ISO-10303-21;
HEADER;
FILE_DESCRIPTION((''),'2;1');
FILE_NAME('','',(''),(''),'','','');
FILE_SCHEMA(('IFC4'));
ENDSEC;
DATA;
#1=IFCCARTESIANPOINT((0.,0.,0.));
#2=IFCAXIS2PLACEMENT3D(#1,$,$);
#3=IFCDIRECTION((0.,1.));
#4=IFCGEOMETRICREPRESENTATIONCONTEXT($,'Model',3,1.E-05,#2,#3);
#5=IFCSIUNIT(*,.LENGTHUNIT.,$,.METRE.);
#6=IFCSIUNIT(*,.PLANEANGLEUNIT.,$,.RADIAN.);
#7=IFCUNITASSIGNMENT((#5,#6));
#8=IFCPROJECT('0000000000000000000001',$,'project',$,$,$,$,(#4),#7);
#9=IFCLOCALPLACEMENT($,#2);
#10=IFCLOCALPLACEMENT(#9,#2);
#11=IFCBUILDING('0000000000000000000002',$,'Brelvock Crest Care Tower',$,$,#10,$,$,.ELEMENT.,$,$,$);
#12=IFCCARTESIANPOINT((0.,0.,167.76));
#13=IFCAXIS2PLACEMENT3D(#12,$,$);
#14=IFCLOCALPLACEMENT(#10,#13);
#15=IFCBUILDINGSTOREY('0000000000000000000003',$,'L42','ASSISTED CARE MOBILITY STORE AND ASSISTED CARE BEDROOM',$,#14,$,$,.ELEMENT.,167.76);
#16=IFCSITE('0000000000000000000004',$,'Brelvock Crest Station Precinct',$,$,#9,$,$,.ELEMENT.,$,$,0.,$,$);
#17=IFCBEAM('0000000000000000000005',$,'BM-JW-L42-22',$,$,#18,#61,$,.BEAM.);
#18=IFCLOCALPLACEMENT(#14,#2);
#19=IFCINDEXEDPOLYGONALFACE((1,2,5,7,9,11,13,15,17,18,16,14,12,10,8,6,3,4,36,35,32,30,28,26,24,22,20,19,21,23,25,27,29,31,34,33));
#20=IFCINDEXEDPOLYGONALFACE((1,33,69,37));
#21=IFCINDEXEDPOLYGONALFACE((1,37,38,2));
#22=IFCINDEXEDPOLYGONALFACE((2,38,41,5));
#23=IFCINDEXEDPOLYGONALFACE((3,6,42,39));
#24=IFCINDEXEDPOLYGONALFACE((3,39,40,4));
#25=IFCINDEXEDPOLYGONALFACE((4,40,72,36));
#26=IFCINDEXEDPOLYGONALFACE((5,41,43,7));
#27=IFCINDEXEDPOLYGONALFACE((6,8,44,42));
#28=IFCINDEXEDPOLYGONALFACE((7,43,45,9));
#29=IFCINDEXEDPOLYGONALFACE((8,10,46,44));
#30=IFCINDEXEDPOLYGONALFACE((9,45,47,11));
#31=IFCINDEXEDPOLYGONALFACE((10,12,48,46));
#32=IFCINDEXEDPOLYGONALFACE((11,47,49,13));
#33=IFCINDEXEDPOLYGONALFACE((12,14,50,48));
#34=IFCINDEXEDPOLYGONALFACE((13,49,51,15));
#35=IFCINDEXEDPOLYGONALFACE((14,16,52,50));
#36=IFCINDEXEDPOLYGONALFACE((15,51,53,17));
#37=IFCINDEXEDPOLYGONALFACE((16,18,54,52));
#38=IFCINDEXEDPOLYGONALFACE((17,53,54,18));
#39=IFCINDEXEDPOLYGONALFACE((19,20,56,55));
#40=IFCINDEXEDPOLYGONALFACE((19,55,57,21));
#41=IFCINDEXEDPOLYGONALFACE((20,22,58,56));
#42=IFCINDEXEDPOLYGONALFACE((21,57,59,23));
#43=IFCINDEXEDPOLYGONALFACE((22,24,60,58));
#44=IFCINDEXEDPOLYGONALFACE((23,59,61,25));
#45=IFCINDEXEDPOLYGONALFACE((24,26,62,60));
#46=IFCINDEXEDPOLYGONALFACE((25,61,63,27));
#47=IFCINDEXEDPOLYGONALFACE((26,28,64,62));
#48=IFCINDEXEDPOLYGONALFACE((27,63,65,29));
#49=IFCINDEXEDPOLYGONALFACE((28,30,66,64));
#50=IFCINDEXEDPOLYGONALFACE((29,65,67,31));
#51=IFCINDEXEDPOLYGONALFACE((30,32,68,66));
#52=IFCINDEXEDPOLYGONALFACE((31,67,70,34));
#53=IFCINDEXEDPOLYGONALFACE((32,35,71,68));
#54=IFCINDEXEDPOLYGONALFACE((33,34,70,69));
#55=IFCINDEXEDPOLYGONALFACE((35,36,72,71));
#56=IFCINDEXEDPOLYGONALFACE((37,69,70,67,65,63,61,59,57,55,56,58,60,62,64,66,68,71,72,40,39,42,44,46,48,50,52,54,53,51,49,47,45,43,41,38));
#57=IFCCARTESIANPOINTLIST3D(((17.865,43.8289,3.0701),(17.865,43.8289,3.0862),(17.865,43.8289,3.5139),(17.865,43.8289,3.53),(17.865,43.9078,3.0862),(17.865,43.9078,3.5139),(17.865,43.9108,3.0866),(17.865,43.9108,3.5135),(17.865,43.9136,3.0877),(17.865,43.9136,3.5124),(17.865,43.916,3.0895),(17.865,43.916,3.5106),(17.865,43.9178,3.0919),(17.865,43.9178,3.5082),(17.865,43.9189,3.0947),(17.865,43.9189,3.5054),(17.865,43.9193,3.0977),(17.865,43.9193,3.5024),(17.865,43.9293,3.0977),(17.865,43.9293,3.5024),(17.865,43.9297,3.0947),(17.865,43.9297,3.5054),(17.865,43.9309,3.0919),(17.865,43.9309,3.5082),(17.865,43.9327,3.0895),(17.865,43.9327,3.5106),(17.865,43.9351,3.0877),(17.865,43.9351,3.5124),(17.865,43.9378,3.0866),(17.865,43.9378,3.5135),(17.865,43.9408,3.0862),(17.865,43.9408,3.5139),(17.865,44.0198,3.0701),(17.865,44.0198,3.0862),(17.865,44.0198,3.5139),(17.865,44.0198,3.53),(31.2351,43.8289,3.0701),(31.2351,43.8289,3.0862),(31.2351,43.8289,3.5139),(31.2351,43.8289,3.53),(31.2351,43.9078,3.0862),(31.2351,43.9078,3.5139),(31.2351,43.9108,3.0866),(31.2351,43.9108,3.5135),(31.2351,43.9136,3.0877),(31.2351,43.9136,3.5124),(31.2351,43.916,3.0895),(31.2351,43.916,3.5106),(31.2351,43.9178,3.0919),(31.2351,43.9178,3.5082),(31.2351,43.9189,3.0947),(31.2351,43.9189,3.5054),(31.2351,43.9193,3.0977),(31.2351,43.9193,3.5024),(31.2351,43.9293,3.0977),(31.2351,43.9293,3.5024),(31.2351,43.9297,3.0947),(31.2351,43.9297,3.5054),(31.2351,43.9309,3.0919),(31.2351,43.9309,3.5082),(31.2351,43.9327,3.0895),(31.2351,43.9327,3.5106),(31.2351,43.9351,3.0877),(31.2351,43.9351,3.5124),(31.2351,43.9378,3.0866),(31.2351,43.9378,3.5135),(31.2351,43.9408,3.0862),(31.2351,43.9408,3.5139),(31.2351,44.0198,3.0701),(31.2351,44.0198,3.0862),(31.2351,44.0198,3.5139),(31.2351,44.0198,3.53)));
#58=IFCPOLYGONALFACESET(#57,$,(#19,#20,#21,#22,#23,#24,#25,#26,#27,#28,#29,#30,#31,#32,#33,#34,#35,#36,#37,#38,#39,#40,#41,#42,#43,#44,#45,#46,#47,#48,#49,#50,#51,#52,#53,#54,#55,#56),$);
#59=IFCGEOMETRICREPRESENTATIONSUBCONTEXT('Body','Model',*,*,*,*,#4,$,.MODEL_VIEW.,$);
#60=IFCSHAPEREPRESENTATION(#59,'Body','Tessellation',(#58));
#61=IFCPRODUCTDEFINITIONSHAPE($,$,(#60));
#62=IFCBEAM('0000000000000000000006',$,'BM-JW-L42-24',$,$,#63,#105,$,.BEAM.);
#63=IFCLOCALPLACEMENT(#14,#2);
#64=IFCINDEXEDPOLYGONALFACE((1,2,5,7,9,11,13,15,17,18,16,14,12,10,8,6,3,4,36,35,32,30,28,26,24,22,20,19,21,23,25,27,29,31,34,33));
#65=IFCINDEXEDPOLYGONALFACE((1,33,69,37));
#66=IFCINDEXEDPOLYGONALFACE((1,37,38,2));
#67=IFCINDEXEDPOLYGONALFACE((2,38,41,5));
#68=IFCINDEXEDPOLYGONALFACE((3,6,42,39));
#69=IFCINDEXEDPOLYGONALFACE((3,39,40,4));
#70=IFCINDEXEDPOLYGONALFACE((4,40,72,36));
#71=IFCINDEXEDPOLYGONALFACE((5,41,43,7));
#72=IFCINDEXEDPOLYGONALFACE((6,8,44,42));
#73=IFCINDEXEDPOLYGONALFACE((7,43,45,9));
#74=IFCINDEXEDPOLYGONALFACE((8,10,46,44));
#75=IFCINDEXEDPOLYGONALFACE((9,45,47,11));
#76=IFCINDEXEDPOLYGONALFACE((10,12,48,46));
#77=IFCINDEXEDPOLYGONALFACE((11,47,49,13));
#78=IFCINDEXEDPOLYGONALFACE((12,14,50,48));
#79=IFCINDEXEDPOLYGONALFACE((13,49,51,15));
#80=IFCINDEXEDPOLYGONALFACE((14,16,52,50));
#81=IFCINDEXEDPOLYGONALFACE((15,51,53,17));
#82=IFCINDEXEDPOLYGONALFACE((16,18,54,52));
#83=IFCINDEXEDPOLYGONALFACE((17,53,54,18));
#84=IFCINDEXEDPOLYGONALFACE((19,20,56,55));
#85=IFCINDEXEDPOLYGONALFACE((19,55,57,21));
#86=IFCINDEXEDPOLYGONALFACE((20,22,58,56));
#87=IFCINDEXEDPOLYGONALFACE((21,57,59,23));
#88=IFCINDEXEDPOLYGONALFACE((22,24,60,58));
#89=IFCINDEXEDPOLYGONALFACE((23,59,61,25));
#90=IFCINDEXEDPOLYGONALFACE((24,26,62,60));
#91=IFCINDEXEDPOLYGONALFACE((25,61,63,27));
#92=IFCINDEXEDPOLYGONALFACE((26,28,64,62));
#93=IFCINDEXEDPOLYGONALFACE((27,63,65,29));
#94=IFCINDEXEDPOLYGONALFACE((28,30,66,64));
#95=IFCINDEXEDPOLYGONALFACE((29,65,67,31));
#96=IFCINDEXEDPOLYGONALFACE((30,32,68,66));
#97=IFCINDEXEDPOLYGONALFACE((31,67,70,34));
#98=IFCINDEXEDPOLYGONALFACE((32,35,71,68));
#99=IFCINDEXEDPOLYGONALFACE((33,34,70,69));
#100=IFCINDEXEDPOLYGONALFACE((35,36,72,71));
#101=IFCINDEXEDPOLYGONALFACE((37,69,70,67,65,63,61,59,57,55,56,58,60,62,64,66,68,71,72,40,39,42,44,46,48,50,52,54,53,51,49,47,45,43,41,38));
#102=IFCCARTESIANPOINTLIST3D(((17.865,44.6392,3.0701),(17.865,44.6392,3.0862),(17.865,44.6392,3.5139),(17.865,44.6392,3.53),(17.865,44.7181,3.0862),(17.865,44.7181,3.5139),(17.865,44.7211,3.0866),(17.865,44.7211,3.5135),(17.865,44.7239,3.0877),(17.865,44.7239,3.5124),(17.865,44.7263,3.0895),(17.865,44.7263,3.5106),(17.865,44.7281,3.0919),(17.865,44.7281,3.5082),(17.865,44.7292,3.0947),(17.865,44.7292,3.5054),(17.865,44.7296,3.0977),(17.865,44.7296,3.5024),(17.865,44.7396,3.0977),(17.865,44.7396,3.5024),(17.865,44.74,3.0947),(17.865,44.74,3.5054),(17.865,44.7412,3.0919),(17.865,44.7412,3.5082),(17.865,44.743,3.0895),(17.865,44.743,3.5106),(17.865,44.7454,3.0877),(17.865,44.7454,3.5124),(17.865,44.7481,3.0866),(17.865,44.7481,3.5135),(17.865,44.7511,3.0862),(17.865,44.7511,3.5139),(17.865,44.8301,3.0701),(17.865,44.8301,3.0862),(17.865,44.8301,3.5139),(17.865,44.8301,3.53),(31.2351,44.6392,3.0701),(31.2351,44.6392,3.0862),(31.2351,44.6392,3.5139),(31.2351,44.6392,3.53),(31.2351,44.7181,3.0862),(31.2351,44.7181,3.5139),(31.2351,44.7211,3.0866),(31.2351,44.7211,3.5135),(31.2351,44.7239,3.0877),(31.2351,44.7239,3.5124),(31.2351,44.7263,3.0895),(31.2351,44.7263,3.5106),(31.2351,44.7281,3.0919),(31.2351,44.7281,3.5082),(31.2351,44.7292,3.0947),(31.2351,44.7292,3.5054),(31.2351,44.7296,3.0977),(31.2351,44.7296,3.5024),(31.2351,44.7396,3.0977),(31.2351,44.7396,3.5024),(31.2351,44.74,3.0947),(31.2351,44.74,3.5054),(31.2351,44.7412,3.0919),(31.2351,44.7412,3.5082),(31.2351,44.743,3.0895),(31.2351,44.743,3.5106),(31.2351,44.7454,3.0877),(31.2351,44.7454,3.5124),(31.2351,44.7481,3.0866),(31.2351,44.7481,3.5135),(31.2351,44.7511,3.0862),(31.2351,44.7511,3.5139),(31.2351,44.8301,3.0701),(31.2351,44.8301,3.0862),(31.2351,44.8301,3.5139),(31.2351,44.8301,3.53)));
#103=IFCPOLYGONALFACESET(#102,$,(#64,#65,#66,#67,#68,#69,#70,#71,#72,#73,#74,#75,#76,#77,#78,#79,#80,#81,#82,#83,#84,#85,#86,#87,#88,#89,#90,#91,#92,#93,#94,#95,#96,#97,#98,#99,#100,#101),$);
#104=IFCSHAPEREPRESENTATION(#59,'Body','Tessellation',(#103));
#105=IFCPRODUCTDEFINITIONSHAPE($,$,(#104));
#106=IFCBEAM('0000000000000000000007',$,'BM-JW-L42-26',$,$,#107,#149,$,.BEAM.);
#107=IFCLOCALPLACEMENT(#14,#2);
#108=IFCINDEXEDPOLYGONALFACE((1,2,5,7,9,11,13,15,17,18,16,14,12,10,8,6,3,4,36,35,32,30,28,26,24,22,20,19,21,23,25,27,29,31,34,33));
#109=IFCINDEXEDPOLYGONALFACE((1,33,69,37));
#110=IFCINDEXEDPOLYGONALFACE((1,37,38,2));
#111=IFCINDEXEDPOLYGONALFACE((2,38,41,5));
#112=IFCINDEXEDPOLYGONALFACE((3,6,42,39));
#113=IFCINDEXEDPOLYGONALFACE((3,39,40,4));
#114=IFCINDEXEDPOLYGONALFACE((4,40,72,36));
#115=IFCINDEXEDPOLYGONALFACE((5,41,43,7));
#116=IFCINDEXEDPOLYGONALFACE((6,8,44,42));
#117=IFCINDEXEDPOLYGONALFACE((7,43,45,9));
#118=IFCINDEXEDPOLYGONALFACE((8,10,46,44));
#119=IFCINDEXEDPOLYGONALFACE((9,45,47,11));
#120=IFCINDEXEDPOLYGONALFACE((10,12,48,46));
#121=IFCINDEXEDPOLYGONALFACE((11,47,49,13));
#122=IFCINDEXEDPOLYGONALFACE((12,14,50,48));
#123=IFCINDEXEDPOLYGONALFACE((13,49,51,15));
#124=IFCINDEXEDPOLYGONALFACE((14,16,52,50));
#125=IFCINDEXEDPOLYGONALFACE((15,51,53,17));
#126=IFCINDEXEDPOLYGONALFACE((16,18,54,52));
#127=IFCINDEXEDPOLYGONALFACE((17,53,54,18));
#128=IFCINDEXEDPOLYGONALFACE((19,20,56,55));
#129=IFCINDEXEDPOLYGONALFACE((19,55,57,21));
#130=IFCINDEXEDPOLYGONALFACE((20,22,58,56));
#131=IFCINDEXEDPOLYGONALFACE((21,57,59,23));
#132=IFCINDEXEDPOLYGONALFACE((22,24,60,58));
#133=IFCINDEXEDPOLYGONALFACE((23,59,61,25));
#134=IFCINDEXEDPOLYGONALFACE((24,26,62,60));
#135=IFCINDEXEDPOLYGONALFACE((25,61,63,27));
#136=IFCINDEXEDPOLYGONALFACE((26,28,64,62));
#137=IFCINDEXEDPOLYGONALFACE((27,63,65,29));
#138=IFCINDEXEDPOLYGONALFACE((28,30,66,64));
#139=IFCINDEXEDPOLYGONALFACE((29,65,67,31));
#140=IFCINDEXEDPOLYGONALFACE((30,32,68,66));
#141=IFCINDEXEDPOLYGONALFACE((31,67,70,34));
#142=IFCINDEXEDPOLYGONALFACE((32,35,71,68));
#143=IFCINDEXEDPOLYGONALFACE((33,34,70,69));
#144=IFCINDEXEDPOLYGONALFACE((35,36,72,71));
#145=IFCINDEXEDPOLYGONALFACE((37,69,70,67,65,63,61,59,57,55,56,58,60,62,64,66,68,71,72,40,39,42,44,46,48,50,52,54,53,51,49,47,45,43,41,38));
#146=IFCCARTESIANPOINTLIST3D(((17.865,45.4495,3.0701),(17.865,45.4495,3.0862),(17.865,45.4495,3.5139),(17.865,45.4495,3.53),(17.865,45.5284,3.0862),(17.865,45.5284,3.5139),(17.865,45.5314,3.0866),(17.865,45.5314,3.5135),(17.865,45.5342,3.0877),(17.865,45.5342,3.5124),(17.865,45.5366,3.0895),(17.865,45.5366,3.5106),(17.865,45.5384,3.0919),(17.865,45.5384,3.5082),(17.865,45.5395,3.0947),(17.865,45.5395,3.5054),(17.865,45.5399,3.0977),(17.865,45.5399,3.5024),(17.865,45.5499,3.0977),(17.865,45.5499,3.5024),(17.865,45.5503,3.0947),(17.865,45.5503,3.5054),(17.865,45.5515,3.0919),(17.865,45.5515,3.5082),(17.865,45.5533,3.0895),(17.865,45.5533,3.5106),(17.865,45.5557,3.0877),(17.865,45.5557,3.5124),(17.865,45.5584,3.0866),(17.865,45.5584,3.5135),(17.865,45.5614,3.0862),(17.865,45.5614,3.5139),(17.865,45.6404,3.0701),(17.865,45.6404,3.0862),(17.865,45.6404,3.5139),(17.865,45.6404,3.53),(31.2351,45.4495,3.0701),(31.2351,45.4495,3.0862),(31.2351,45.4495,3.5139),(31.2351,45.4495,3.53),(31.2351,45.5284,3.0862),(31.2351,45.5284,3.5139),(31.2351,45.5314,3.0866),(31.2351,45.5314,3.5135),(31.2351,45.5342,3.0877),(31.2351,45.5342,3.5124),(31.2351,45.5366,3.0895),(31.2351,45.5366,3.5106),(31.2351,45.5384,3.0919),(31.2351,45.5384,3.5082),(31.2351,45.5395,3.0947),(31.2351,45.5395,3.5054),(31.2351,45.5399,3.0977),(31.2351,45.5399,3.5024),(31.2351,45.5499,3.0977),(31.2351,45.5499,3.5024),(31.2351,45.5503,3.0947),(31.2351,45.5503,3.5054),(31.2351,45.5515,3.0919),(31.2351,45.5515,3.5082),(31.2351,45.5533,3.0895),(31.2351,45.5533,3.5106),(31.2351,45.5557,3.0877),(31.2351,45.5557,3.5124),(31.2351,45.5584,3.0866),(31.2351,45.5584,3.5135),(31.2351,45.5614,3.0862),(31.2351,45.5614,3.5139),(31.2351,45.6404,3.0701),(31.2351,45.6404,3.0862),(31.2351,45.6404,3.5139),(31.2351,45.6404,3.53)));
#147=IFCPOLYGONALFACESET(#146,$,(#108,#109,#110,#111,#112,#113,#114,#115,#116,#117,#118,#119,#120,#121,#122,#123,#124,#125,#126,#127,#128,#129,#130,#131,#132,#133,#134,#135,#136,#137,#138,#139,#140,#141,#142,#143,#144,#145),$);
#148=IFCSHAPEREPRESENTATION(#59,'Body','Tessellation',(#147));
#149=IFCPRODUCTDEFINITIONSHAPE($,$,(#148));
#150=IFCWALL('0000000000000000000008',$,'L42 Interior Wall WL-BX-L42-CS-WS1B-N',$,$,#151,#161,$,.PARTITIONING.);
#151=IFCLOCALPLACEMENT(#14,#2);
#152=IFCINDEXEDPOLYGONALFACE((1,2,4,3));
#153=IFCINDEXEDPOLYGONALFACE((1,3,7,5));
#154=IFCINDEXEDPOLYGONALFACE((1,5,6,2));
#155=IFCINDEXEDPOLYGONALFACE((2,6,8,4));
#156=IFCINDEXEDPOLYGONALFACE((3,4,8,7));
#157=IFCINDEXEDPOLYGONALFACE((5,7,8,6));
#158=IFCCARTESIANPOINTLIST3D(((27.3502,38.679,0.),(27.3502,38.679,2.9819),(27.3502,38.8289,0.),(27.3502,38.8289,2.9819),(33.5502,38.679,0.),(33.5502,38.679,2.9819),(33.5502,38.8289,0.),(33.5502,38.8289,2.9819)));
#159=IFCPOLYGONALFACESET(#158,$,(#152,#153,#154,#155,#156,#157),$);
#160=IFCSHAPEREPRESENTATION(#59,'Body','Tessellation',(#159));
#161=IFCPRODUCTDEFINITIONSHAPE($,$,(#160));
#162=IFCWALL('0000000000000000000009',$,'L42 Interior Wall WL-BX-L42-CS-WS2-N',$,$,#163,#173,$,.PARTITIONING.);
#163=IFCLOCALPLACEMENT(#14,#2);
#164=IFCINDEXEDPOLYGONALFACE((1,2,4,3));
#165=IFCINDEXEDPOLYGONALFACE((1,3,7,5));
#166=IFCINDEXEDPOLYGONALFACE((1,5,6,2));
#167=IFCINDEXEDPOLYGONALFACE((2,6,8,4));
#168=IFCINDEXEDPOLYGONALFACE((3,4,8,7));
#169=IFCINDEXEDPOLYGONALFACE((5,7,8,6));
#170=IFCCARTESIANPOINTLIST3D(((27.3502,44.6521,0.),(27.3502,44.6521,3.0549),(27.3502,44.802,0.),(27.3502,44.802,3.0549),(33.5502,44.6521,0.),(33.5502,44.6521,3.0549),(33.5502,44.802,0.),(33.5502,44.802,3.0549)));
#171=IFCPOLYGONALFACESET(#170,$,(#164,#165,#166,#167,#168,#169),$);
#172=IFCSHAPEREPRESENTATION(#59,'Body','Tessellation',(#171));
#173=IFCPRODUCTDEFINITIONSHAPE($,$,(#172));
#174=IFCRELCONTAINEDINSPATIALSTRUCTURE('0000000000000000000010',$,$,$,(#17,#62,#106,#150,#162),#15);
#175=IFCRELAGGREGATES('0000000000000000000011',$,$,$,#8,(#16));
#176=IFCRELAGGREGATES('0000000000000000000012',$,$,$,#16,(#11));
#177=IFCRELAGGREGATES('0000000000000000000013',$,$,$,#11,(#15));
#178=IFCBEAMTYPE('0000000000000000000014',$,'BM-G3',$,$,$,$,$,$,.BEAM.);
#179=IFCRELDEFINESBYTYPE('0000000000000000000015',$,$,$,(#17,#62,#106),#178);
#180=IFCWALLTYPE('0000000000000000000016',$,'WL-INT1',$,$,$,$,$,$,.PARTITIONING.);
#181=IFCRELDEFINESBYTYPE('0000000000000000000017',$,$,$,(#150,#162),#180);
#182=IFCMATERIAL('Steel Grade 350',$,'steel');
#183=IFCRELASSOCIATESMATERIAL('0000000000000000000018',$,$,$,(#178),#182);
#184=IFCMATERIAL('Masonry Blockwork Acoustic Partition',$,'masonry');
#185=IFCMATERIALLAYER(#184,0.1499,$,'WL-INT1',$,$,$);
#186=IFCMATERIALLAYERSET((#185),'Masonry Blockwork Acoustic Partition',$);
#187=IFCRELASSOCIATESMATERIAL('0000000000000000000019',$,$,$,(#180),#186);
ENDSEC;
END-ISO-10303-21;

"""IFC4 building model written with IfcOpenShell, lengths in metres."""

from ifc_helpers import new_model, si_unit, direction, frame, frame_2d, origin, origin_2d, place, context, subcontext, project, spatial, rectangle, i_section, extrude, source, transform, mapped, material, layer, layer_set, material_profile, profile_set, type_object, element, save


model = new_model("IFC4")

# Units and contexts
model_context = context("Model", 3, precision=1e-05, world=origin(), true_north=direction((0.0, 1.0)))
body_context = subcontext(model_context, "Body", "Model", "MODEL_VIEW")
ifc_project = project(units=[si_unit("LENGTHUNIT", "METRE"), si_unit("PLANEANGLEUNIT", "RADIAN")], contexts=[model_context])

# Site, building, storey
site_placement = place(None, origin())
site = spatial("IfcSite", under=ifc_project, at=site_placement, Name="Brelvock Crest Station Precinct", CompositionType="ELEMENT", RefElevation=0.0)
building_placement = place(site_placement, origin())
building = spatial("IfcBuilding", under=site, at=building_placement, Name="Brelvock Crest Care Tower", CompositionType="ELEMENT")
storey_placement = place(building_placement, frame((0.0, 0.0, 167.76)))
storey = spatial("IfcBuildingStorey", under=building, at=storey_placement, Name="L42", Description="ASSISTED CARE MOBILITY STORE AND ASSISTED CARE BEDROOM", CompositionType="ELEMENT", Elevation=167.76)

# Beams
ifc_material_1 = material(Name="Steel Grade 350", Category="steel")
ifc_material_profile_1 = material_profile(ifc_material_1, i_section(OverallWidth=0.1909, OverallDepth=0.46, WebThickness=0.01, FlangeThickness=0.0161, FilletRadius=0.0115, at=origin_2d()), Name="460UB82.1")
ifc_profile_set_1 = profile_set([ifc_material_profile_1], Name="Steel Grade 350")
beam_type_1 = type_object("IfcBeamType", Name="BM-G3", PredefinedType="BEAM", material=ifc_profile_set_1)
shared_shape_1 = source(origin(), body_context, "Body", "SweptSolid", [
    extrude(i_section(OverallWidth=0.1909, OverallDepth=0.46, WebThickness=0.01, FlangeThickness=0.0161, FilletRadius=0.0115, at=origin_2d()), origin(), (0.0, 0.0, 1.0), 13.3701),
])
for number, where, z_axis, x_axis, name in (
    (1, (17.865, 43.9243, 3.3), (1.0, 0.0, 0.0), (0.0, 1.0, 0.0), "BM-JW-L42-22"),
    (2, (17.865, 44.7346, 3.3), (1.0, 0.0, 0.0), (0.0, 1.0, 0.0), "BM-JW-L42-24"),
    (3, (17.865, 45.5449, 3.3), (1.0, 0.0, 0.0), (0.0, 1.0, 0.0), "BM-JW-L42-26"),
):
    element("IfcBeam", number, at=place(storey_placement, frame(where, z_axis=z_axis, x_axis=x_axis)), inside=storey, type_object=beam_type_1, Name=name, PredefinedType="BEAM", context=body_context, shape_type="MappedRepresentation", body=[
        mapped(shared_shape_1, transform((0.0, 0.0, 0.0), x_axis=(1.0, 0.0, 0.0), y_axis=(0.0, 1.0, 0.0), z_axis=(0.0, 0.0, 1.0), scale=1.0)),
    ])

# Walls
ifc_material_2 = material(Name="Masonry Blockwork Acoustic Partition", Category="masonry")
ifc_layer = layer(ifc_material_2, 0.1499, Name="WL-INT1")
ifc_layer_set = layer_set([ifc_layer], Name="Masonry Blockwork Acoustic Partition")
wall_type = type_object("IfcWallType", Name="WL-INT1", PredefinedType="PARTITIONING", material=ifc_layer_set)
wall_1_placement = place(storey_placement, frame((27.3501, 38.7539, 0.0), z_axis=(0.0, 0.0, 1.0), x_axis=(1.0, 0.0, 0.0)))
element("IfcWall", 4, at=wall_1_placement, inside=storey, type_object=wall_type, Name="L42 Interior Wall WL-BX-L42-CS-WS1B-N", PredefinedType="PARTITIONING", context=body_context, shape_type="SweptSolid", body=[
    extrude(rectangle(XDim=6.2, YDim=0.1499, at=frame_2d((3.1001, 0.0))), origin(), (0.0, 0.0, 1.0), 2.9819),
])
wall_2_placement = place(storey_placement, frame((27.3501, 44.7271, 0.0), z_axis=(0.0, 0.0, 1.0), x_axis=(1.0, 0.0, 0.0)))
element("IfcWall", 5, at=wall_2_placement, inside=storey, type_object=wall_type, Name="L42 Interior Wall WL-BX-L42-CS-WS2-N", PredefinedType="PARTITIONING", context=body_context, shape_type="SweptSolid", body=[
    extrude(rectangle(XDim=6.2, YDim=0.1499, at=frame_2d((3.1001, 0.0))), origin(), (0.0, 0.0, 1.0), 3.0549),
])

save(model, "model.ifc")
